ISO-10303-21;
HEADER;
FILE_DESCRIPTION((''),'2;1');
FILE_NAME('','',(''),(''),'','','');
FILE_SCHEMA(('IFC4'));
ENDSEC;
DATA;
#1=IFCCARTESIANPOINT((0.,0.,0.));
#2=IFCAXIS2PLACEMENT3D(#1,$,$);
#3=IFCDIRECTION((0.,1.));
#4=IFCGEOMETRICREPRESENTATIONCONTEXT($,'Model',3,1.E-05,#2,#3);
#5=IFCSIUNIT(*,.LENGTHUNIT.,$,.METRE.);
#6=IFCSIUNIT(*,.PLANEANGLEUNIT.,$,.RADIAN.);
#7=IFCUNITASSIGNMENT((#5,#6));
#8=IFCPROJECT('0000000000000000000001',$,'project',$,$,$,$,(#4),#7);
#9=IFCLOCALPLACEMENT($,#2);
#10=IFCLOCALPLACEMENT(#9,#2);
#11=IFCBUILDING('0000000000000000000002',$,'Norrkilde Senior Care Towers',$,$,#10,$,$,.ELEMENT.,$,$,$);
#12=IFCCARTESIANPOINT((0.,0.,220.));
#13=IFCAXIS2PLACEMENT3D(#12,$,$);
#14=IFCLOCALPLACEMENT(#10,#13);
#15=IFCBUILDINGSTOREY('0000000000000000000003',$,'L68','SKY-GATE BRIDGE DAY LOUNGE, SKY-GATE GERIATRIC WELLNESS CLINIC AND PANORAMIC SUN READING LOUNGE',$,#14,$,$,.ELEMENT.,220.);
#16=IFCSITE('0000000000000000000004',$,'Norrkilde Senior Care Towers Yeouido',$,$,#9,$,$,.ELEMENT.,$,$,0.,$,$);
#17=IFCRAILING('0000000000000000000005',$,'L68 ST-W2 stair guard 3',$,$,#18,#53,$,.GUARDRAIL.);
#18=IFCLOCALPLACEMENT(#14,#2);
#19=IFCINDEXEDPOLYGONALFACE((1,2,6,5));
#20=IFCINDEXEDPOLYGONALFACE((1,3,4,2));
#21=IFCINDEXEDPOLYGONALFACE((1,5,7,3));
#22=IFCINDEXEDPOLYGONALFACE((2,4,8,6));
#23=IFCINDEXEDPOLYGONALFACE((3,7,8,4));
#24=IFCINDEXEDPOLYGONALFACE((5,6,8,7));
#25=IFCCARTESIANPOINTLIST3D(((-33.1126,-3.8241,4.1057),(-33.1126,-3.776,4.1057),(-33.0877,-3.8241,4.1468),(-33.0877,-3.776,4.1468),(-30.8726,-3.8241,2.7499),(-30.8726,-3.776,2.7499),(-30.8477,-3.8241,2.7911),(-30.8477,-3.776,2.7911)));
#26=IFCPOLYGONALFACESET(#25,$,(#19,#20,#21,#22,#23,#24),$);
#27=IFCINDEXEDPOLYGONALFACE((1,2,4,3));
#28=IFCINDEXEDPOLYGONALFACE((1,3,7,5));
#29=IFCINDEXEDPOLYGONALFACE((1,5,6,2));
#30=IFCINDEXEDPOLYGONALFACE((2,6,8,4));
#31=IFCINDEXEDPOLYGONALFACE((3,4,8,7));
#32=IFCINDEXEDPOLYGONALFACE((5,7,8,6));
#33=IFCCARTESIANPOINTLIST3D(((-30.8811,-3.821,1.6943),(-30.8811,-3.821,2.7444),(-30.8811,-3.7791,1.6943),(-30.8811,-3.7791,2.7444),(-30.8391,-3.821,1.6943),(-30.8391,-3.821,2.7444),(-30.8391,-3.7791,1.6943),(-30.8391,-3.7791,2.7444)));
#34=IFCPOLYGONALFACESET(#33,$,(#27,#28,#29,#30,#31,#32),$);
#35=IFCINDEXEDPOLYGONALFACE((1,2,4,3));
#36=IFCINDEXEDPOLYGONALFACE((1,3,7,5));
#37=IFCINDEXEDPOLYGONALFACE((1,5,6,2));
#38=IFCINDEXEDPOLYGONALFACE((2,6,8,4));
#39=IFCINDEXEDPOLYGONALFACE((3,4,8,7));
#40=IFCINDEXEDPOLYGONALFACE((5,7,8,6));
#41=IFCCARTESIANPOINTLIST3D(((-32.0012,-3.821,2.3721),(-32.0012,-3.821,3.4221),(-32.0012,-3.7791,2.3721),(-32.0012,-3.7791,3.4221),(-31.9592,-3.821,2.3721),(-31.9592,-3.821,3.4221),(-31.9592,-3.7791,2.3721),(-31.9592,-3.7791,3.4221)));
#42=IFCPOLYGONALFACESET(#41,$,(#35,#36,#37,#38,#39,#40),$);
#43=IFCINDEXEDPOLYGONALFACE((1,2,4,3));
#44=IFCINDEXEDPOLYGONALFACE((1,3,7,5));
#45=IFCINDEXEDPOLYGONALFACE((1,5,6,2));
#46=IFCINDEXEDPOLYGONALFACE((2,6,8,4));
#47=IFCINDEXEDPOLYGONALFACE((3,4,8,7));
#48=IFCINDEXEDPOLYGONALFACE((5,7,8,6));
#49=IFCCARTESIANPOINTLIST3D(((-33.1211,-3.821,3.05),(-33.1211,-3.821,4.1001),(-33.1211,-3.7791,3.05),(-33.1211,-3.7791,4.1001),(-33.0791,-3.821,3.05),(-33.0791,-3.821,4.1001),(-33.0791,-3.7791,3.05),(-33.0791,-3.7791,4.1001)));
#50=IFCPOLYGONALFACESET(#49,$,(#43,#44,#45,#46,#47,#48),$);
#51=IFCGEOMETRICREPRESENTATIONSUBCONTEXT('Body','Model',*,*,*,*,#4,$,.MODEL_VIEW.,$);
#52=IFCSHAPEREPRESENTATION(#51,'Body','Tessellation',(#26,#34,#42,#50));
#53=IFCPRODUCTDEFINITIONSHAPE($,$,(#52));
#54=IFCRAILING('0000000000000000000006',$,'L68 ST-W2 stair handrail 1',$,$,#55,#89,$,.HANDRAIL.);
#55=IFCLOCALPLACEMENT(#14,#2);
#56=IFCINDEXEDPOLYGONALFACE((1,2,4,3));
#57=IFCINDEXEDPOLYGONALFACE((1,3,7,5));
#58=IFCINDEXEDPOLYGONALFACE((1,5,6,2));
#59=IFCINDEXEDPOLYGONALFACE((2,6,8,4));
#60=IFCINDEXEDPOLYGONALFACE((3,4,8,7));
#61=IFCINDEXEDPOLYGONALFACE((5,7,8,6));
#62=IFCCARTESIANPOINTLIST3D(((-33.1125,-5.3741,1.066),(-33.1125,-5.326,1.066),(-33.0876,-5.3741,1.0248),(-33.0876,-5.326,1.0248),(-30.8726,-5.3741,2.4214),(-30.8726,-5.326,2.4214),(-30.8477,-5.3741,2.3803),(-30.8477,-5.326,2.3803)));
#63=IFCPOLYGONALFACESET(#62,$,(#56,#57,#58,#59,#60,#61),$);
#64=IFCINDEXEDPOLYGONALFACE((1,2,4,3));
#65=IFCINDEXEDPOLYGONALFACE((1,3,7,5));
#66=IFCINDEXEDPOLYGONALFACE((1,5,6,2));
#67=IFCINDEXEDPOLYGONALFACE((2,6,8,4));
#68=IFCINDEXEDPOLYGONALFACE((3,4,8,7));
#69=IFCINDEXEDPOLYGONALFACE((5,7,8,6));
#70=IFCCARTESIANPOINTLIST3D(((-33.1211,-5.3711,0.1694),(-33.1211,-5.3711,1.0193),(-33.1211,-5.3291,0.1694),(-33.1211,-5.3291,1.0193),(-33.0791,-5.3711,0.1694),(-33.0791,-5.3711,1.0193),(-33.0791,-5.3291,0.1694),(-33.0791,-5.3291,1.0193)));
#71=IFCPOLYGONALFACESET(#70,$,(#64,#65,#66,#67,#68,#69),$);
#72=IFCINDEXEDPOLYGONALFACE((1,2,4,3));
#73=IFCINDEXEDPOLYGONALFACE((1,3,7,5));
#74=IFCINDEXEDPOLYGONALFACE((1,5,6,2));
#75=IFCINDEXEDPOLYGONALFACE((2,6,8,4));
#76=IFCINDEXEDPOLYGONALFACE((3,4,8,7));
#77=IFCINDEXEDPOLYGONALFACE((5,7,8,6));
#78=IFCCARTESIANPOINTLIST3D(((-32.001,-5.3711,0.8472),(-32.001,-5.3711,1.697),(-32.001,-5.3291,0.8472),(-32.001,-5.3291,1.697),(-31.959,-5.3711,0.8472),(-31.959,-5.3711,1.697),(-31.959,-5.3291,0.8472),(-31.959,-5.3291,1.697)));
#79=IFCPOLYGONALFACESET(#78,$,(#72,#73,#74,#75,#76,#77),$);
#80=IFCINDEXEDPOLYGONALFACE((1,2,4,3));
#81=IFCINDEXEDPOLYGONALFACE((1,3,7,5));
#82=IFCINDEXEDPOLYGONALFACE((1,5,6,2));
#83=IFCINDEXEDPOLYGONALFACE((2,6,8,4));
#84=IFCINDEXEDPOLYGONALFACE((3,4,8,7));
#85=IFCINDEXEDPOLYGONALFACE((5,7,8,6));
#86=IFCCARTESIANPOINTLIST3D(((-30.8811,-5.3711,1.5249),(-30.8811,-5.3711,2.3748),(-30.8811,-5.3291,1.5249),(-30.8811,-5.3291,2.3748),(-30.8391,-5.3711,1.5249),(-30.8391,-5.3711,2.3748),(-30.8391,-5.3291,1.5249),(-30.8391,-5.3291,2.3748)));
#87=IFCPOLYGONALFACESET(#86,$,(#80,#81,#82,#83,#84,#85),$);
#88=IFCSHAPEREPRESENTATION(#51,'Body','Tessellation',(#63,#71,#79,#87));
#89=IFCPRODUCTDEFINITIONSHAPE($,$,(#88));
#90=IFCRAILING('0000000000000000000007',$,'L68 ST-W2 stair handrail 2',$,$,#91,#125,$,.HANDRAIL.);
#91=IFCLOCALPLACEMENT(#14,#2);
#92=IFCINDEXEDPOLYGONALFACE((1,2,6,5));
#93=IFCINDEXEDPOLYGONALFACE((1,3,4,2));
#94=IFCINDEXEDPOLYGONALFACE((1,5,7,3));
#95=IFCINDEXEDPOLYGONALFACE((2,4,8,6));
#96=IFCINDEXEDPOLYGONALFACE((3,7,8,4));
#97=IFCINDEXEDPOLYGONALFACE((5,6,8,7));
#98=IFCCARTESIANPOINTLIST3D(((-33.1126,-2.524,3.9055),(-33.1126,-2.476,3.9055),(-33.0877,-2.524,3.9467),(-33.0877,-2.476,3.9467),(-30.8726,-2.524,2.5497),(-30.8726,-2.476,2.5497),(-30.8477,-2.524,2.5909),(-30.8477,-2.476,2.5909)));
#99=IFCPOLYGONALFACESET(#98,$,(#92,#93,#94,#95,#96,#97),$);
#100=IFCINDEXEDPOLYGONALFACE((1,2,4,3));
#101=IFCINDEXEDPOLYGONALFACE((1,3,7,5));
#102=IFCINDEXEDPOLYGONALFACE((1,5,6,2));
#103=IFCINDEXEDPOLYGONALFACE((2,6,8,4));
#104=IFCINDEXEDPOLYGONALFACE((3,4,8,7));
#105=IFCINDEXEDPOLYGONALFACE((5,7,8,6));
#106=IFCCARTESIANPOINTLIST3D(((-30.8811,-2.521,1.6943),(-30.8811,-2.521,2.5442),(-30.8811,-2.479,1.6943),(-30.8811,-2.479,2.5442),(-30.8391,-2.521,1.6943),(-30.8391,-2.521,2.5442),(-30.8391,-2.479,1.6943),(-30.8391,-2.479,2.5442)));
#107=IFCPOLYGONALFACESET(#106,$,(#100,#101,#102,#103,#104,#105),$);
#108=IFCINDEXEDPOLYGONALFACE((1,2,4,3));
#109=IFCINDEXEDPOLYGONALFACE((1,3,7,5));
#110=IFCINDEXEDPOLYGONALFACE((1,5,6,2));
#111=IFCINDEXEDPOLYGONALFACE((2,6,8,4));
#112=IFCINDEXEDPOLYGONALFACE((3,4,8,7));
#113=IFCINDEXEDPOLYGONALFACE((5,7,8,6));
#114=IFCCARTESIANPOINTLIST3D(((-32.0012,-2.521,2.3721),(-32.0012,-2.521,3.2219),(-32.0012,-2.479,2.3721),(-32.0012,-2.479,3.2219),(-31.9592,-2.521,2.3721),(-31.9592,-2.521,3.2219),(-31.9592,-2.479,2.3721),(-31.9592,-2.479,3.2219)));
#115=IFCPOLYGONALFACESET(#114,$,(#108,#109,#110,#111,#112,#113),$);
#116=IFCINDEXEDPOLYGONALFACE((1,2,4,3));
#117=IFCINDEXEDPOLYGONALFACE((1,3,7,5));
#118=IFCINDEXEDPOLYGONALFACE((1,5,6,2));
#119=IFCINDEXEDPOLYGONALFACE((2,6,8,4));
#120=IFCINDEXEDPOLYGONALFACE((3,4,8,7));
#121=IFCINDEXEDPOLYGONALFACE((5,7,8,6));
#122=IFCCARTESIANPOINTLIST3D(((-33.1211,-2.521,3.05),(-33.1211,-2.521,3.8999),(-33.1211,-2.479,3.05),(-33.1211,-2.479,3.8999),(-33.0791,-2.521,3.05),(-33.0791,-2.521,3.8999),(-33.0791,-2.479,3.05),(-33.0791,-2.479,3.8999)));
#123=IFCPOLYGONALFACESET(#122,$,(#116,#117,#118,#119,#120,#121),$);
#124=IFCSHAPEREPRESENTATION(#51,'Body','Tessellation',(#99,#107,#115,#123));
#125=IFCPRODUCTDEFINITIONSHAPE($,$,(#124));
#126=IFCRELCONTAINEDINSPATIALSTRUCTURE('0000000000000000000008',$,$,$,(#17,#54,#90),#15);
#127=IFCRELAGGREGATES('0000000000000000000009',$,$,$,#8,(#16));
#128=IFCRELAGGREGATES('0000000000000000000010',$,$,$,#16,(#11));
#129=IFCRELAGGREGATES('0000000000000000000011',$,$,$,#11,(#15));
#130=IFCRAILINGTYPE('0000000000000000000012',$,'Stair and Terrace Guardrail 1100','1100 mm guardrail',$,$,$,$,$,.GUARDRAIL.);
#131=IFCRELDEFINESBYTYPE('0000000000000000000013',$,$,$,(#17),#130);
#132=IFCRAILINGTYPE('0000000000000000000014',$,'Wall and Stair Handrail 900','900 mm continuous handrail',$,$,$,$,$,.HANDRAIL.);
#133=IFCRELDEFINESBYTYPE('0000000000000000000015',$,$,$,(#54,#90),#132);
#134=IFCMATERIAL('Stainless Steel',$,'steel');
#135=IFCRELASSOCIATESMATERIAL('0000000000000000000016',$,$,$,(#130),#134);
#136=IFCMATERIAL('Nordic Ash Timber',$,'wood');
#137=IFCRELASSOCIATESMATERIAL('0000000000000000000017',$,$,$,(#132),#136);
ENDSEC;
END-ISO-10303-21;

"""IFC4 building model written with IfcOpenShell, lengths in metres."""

from ifc_helpers import new_model, si_unit, direction, frame, origin, origin_2d, place, context, subcontext, project, spatial, rectangle, extrude, material, type_object, element, save


model = new_model("IFC4")

# Units and contexts
model_context = context("Model", 3, precision=1e-05, world=origin(), true_north=direction((0.0, 1.0)))
body_context = subcontext(model_context, "Body", "Model", "MODEL_VIEW")
ifc_project = project(units=[si_unit("LENGTHUNIT", "METRE"), si_unit("PLANEANGLEUNIT", "RADIAN")], contexts=[model_context])

# Site, building, storey
site_placement = place(None, origin())
site = spatial("IfcSite", under=ifc_project, at=site_placement, Name="Norrkilde Senior Care Towers Yeouido", CompositionType="ELEMENT", RefElevation=0.0)
building_placement = place(site_placement, origin())
building = spatial("IfcBuilding", under=site, at=building_placement, Name="Norrkilde Senior Care Towers", CompositionType="ELEMENT")
storey_placement = place(building_placement, frame((0.0, 0.0, 220.0)))
storey = spatial("IfcBuildingStorey", under=building, at=storey_placement, Name="L68", Description="SKY-GATE BRIDGE DAY LOUNGE, SKY-GATE GERIATRIC WELLNESS CLINIC AND PANORAMIC SUN READING LOUNGE", CompositionType="ELEMENT", Elevation=220.0)

# Shared definitions
ifc_material_1 = material(Name="Stainless Steel", Category="steel")

# Railings
railing_type_1 = type_object("IfcRailingType", Name="Stair and Terrace Guardrail 1100", Description="1100 mm guardrail", PredefinedType="GUARDRAIL", material=ifc_material_1)
railing_1_placement = place(storey_placement, frame((-30.8601, -3.8, 1.6943)))
element("IfcRailing", 1, at=railing_1_placement, inside=storey, type_object=railing_type_1, Name="L68 ST-W2 stair guard 3", PredefinedType="GUARDRAIL", context=body_context, shape_type="SweptSolid", body=[
    extrude(rectangle(XDim=0.0481, YDim=0.0481, at=origin_2d()), frame((0.0, 0.0, 1.0762), z_axis=(-0.855512, 0.0, 0.517783), x_axis=(0.0, -1.0, 0.0)), (0.0, 0.0, 1.0), 2.6184),
    extrude(rectangle(XDim=0.042, YDim=0.042, at=origin_2d()), origin(), (0.0, 0.0, 1.0), 1.05),
    extrude(rectangle(XDim=0.042, YDim=0.042, at=origin_2d()), frame((-1.1201, 0.0, 0.6777)), (0.0, 0.0, 1.0), 1.05),
    extrude(rectangle(XDim=0.042, YDim=0.042, at=origin_2d()), frame((-2.24, 0.0, 1.3557)), (0.0, 0.0, 1.0), 1.05),
])
ifc_material_2 = material(Name="Nordic Ash Timber", Category="wood")
railing_type_2 = type_object("IfcRailingType", Name="Wall and Stair Handrail 900", Description="900 mm continuous handrail", PredefinedType="HANDRAIL", material=ifc_material_2)
railing_2_placement = place(storey_placement, frame((-33.1001, -5.3501, 0.1694)))
element("IfcRailing", 2, at=railing_2_placement, inside=storey, type_object=railing_type_2, Name="L68 ST-W2 stair handrail 1", PredefinedType="HANDRAIL", context=body_context, shape_type="SweptSolid", body=[
    extrude(rectangle(XDim=0.0481, YDim=0.0481, at=origin_2d()), frame((0.0, 0.0, 0.876), z_axis=(0.855553, 0.0, 0.517715), x_axis=(0.0, 1.0, 0.0)), (0.0, 0.0, 1.0), 2.6182),
    extrude(rectangle(XDim=0.042, YDim=0.042, at=origin_2d()), origin(), (0.0, 0.0, 1.0), 0.8499),
    extrude(rectangle(XDim=0.042, YDim=0.042, at=origin_2d()), frame((1.1201, 0.0, 0.6777)), (0.0, 0.0, 1.0), 0.8499),
    extrude(rectangle(XDim=0.042, YDim=0.042, at=origin_2d()), frame((2.24, 0.0, 1.3555)), (0.0, 0.0, 1.0), 0.8499),
])
railing_3_placement = place(storey_placement, frame((-30.8601, -2.5, 1.6943)))
element("IfcRailing", 3, at=railing_3_placement, inside=storey, type_object=railing_type_2, Name="L68 ST-W2 stair handrail 2", PredefinedType="HANDRAIL", context=body_context, shape_type="SweptSolid", body=[
    extrude(rectangle(XDim=0.0481, YDim=0.0481, at=origin_2d()), frame((0.0, 0.0, 0.876), z_axis=(-0.855512, 0.0, 0.517783), x_axis=(0.0, -1.0, 0.0)), (0.0, 0.0, 1.0), 2.6184),
    extrude(rectangle(XDim=0.042, YDim=0.042, at=origin_2d()), origin(), (0.0, 0.0, 1.0), 0.8499),
    extrude(rectangle(XDim=0.042, YDim=0.042, at=origin_2d()), frame((-1.1201, 0.0, 0.6777)), (0.0, 0.0, 1.0), 0.8499),
    extrude(rectangle(XDim=0.042, YDim=0.042, at=origin_2d()), frame((-2.24, 0.0, 1.3557)), (0.0, 0.0, 1.0), 0.8499),
])

save(model, "model.ifc")
